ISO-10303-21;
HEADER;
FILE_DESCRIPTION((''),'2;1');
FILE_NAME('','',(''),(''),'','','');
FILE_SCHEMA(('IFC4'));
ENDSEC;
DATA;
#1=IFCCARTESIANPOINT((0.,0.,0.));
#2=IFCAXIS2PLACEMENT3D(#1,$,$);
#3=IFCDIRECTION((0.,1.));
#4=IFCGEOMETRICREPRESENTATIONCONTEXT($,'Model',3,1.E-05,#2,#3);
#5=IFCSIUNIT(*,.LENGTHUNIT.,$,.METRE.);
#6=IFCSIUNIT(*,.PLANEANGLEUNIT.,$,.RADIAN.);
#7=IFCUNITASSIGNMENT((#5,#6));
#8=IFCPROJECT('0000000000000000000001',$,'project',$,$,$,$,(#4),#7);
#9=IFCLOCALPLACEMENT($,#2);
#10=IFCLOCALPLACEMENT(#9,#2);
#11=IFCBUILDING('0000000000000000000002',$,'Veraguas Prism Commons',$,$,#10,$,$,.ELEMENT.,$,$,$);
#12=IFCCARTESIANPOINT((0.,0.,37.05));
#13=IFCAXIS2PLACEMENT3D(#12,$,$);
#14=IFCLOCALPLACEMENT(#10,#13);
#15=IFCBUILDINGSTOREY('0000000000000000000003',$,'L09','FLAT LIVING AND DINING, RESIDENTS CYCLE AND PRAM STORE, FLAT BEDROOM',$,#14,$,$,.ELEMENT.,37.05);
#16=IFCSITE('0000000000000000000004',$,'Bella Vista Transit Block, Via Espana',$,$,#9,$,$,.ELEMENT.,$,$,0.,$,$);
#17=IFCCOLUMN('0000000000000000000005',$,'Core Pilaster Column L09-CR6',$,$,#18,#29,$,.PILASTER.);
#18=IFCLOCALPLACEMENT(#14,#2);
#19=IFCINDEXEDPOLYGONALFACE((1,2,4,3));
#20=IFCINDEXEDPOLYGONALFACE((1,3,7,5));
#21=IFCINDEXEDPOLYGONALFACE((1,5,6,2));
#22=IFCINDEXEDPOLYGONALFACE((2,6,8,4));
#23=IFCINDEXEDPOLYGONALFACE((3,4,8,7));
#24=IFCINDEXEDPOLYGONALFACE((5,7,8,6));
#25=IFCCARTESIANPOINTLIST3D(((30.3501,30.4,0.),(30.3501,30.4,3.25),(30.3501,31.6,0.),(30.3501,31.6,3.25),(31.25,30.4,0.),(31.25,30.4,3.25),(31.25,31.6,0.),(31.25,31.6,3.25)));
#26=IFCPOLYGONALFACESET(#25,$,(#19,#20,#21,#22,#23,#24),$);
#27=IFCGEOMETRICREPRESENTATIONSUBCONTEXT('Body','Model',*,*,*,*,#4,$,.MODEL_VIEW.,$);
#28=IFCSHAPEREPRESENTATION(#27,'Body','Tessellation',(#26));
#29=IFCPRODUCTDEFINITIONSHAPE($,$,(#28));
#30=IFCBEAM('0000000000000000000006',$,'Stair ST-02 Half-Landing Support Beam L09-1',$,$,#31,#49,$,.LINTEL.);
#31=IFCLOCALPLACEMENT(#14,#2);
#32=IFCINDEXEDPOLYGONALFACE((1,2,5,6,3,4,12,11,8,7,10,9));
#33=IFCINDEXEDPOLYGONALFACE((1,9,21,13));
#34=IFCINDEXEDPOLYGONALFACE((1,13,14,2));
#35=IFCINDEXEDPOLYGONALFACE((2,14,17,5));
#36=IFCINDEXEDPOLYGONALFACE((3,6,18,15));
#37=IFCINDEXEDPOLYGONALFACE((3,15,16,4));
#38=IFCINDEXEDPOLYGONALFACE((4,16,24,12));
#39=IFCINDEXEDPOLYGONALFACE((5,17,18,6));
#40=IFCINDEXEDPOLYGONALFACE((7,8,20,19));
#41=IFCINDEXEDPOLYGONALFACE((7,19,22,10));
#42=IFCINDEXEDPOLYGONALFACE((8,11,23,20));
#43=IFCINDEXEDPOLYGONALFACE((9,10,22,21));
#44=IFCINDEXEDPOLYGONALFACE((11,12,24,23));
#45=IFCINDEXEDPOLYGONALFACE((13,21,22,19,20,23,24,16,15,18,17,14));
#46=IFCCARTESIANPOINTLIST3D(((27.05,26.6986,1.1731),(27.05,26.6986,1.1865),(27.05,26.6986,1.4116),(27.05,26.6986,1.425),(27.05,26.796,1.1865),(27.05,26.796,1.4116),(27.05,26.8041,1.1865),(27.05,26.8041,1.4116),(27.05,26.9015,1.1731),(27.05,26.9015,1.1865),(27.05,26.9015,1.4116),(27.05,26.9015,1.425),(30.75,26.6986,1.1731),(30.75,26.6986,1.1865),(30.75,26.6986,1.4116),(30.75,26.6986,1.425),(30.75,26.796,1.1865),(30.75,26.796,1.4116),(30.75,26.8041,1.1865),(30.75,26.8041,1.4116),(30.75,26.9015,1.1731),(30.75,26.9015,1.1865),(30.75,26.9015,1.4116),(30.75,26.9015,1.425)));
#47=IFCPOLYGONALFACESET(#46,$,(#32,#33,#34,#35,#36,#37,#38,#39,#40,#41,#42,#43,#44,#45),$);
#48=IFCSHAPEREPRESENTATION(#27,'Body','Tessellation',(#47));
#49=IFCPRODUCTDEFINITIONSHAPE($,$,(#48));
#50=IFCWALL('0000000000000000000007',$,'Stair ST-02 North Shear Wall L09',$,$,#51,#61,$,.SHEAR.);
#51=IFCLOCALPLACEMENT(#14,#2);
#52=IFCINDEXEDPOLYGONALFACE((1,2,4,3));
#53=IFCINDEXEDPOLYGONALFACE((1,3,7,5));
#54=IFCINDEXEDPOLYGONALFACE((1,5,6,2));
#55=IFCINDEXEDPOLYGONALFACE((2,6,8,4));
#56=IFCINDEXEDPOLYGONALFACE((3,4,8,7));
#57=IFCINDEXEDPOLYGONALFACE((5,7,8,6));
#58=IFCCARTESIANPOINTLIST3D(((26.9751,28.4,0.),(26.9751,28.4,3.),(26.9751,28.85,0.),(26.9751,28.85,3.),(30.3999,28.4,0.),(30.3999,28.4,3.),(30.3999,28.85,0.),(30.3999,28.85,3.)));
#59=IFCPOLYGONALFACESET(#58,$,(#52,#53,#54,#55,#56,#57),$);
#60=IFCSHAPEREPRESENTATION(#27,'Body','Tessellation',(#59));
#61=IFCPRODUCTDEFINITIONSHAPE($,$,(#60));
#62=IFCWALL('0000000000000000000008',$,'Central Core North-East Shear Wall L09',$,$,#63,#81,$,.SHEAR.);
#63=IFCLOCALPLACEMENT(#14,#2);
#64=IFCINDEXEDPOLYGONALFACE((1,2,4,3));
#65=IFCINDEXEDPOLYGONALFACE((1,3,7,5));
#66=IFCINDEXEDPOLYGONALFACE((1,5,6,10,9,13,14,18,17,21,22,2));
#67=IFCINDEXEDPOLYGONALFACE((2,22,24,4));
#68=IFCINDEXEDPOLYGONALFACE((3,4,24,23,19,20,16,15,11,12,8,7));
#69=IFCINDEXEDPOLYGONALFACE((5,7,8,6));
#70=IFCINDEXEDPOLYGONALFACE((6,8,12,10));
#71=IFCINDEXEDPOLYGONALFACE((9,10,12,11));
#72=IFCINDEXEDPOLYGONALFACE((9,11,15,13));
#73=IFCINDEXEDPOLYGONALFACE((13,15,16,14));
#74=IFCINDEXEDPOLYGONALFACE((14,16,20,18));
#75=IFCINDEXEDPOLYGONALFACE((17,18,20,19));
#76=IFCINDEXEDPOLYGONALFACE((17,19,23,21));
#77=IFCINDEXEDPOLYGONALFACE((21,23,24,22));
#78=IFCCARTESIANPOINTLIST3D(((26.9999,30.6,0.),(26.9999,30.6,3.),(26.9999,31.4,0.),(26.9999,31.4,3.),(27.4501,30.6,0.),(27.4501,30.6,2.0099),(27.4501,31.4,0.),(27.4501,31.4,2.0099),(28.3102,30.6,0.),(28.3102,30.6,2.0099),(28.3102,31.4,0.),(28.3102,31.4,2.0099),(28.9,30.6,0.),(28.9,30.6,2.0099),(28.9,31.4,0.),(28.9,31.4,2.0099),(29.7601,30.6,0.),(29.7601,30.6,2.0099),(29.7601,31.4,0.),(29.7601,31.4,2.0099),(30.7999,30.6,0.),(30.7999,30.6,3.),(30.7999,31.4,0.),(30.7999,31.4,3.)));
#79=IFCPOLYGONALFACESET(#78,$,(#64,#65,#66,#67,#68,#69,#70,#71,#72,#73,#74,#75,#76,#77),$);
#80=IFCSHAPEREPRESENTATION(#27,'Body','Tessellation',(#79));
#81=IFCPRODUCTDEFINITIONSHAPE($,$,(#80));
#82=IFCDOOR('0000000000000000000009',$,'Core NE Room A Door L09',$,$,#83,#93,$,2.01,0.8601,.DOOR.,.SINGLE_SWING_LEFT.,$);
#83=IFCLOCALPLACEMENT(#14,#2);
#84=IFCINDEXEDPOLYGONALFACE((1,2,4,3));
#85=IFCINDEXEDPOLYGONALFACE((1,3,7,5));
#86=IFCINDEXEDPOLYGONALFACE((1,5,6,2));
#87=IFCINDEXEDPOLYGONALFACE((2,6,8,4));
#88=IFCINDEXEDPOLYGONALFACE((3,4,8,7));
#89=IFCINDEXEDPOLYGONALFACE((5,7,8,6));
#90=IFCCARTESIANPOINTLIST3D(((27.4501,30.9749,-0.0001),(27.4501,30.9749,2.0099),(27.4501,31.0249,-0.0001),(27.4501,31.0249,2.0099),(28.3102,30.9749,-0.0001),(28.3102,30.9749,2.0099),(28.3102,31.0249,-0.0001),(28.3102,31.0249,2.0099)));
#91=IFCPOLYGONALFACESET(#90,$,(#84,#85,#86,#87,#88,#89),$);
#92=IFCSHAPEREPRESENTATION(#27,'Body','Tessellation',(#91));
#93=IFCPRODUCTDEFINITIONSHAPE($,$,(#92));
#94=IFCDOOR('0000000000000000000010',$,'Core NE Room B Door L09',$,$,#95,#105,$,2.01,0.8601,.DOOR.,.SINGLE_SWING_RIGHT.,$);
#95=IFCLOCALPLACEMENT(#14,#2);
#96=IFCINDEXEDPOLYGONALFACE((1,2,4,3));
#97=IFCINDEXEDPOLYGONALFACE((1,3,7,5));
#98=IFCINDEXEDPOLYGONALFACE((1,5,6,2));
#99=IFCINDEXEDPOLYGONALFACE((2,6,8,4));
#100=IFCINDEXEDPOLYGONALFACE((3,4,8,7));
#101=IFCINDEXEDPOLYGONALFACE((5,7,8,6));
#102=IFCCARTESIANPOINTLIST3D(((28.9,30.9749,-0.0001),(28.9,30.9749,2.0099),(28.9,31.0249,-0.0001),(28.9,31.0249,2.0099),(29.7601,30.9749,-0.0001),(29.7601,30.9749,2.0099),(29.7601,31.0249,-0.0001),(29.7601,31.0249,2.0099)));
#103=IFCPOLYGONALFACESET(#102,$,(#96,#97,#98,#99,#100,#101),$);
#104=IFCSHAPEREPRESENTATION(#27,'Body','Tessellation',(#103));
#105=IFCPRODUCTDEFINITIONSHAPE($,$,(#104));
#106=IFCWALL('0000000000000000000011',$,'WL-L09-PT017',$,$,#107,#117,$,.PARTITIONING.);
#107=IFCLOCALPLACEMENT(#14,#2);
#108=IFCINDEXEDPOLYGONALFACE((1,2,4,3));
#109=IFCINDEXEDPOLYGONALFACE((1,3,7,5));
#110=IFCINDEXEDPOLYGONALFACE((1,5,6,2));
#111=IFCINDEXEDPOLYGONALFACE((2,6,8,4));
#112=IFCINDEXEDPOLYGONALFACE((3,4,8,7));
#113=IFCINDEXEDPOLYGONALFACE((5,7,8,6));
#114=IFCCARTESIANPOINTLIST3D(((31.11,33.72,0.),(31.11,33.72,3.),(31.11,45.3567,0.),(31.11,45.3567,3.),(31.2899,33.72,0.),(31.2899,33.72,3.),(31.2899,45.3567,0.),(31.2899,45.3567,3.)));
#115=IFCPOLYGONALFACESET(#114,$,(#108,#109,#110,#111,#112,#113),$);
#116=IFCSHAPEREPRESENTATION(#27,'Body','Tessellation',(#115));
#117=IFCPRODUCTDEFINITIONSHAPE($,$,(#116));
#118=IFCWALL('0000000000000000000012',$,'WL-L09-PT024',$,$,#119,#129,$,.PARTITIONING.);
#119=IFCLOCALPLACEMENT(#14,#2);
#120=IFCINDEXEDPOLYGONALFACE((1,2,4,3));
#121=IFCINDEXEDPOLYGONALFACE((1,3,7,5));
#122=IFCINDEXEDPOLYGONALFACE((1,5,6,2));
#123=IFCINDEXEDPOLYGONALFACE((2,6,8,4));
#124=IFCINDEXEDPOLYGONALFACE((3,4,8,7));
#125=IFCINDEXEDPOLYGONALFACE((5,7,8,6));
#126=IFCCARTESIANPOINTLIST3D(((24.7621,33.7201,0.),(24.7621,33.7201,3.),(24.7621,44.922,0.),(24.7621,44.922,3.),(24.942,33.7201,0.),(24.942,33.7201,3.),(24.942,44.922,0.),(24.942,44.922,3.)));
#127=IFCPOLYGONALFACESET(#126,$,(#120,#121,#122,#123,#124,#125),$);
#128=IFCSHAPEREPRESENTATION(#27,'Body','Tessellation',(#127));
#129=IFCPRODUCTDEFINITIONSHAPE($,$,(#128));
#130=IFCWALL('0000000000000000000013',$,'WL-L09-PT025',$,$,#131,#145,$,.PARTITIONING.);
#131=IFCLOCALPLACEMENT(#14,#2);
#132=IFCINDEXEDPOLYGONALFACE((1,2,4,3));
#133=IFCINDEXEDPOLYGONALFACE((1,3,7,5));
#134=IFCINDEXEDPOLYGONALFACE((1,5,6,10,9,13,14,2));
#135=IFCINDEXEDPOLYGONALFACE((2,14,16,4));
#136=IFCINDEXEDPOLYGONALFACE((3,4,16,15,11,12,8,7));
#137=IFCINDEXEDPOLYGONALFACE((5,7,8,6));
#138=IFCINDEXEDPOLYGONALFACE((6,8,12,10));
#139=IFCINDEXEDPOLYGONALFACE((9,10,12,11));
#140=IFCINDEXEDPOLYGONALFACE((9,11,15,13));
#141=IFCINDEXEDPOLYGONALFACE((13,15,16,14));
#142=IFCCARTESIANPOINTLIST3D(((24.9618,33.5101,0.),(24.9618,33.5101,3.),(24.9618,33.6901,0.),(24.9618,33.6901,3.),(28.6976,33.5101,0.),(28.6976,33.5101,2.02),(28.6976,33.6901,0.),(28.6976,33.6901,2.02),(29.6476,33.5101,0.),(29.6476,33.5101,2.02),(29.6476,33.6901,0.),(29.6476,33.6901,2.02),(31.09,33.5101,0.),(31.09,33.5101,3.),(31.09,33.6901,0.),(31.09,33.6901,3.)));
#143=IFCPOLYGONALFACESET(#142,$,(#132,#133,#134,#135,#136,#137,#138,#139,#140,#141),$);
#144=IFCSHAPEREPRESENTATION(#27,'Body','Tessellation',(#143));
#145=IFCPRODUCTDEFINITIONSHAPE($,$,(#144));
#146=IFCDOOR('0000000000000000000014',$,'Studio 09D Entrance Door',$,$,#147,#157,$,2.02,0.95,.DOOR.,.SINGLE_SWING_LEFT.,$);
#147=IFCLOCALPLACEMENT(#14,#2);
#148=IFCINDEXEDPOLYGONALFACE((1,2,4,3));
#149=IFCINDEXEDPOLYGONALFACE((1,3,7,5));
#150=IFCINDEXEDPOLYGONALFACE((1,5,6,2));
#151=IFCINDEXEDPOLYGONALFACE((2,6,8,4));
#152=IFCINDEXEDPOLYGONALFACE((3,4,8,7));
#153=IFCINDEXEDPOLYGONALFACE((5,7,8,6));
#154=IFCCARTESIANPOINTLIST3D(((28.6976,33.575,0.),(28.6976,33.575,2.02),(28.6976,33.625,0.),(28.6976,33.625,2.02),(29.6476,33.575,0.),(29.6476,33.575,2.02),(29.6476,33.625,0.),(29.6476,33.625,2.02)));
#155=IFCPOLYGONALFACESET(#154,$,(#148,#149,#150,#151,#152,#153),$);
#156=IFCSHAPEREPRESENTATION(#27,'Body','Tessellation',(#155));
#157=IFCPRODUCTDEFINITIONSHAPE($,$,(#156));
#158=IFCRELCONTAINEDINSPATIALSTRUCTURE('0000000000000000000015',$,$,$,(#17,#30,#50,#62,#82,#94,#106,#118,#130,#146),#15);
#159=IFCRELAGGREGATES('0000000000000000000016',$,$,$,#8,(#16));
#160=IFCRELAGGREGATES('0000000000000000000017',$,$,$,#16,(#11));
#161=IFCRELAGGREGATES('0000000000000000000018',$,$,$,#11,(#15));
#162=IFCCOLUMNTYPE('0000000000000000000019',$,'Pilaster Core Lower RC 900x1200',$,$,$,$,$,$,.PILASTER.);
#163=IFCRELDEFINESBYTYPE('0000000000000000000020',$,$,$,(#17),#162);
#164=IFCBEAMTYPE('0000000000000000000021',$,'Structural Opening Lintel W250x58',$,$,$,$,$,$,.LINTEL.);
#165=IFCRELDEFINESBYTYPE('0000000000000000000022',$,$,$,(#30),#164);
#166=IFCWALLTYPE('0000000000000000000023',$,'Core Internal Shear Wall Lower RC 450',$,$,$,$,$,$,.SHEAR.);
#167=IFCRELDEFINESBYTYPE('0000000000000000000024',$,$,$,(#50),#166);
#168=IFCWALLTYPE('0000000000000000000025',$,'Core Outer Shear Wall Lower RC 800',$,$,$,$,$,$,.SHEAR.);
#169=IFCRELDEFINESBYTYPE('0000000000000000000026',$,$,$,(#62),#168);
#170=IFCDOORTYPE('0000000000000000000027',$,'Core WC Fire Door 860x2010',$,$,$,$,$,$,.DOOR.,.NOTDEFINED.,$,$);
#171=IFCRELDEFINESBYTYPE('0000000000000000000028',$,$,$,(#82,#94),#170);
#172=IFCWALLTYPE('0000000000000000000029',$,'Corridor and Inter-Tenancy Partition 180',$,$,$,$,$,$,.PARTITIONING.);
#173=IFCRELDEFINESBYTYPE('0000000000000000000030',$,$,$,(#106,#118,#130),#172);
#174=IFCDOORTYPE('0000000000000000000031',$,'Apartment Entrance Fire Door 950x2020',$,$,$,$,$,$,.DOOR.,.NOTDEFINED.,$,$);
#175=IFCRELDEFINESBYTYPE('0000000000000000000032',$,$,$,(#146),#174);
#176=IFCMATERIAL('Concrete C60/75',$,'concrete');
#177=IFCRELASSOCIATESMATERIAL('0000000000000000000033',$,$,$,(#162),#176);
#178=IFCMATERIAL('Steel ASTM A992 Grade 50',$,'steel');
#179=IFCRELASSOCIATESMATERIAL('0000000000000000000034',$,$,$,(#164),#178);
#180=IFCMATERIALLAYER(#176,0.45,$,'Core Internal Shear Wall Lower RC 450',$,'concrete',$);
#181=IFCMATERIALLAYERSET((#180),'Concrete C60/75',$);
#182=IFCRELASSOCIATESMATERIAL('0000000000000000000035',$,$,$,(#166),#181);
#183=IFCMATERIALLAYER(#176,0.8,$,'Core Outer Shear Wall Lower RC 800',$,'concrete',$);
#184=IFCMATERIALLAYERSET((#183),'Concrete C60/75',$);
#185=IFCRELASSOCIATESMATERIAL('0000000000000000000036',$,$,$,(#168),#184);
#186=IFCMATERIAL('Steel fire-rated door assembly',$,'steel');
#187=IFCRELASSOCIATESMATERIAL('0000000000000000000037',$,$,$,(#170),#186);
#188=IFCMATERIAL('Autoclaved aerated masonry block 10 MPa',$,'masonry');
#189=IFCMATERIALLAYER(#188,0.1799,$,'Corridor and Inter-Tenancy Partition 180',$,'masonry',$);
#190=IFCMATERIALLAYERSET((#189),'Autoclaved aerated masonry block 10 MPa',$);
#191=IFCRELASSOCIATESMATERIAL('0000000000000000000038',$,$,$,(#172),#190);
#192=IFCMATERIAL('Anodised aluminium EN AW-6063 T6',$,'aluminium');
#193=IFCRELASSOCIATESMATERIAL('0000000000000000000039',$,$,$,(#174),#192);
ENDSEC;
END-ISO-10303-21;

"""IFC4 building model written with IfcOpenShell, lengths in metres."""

from ifc_helpers import new_model, si_unit, direction, frame, frame_2d, origin, origin_2d, place, context, subcontext, project, spatial, rectangle, i_section, extrude, source, transform, mapped, material, layer, layer_set, material_profile, profile_set, type_object, element, fill, save


model = new_model("IFC4")

# Units and contexts
model_context = context("Model", 3, precision=1e-05, world=origin(), true_north=direction((0.0, 1.0)))
body_context = subcontext(model_context, "Body", "Model", "MODEL_VIEW")
ifc_project = project(units=[si_unit("LENGTHUNIT", "METRE"), si_unit("PLANEANGLEUNIT", "RADIAN")], contexts=[model_context])

# Site, building, storey
site_placement = place(None, origin())
site = spatial("IfcSite", under=ifc_project, at=site_placement, Name="Bella Vista Transit Block, Via Espana", CompositionType="ELEMENT", RefElevation=0.0)
building_placement = place(site_placement, origin())
building = spatial("IfcBuilding", under=site, at=building_placement, Name="Veraguas Prism Commons", CompositionType="ELEMENT")
storey_placement = place(building_placement, frame((0.0, 0.0, 37.05)))
storey = spatial("IfcBuildingStorey", under=building, at=storey_placement, Name="L09", Description="FLAT LIVING AND DINING, RESIDENTS CYCLE AND PRAM STORE, FLAT BEDROOM", CompositionType="ELEMENT", Elevation=37.05)

# Column
ifc_material_1 = material(Name="Concrete C60/75", Category="concrete")
ifc_material_profile_1 = material_profile(ifc_material_1, rectangle(XDim=0.8999, YDim=1.2, at=origin_2d()), Name="RC900X1200")
ifc_profile_set_1 = profile_set([ifc_material_profile_1], Name="Concrete C60/75")
column_type = type_object("IfcColumnType", Name="Pilaster Core Lower RC 900x1200", PredefinedType="PILASTER", material=ifc_profile_set_1)
column_placement = place(storey_placement, frame((30.8, 31.0, 0.0), z_axis=(0.0, 0.0, 1.0), x_axis=(1.0, 0.0, 0.0)))
element("IfcColumn", 1, at=column_placement, inside=storey, type_object=column_type, Name="Core Pilaster Column L09-CR6", PredefinedType="PILASTER", context=body_context, shape_type="SweptSolid", body=[
    extrude(rectangle(XDim=0.8999, YDim=1.2, at=origin_2d()), origin(), (0.0, 0.0, 1.0), 3.25),
])

# Beam
ifc_material_2 = material(Name="Steel ASTM A992 Grade 50", Category="steel")
ifc_material_profile_2 = material_profile(ifc_material_2, i_section(OverallWidth=0.2029, OverallDepth=0.252, WebThickness=0.0081, FlangeThickness=0.0134, at=origin_2d()), Name="W250X58")
ifc_profile_set_2 = profile_set([ifc_material_profile_2], Name="Steel ASTM A992 Grade 50")
beam_type = type_object("IfcBeamType", Name="Structural Opening Lintel W250x58", PredefinedType="LINTEL", material=ifc_profile_set_2)
beam_placement = place(storey_placement, frame((27.05, 26.8, 1.2991), z_axis=(1.0, 0.0, 0.0), x_axis=(0.0, 1.0, 0.0)))
element("IfcBeam", 2, at=beam_placement, inside=storey, type_object=beam_type, Name="Stair ST-02 Half-Landing Support Beam L09-1", PredefinedType="LINTEL", context=body_context, shape_type="SweptSolid", body=[
    extrude(i_section(OverallWidth=0.2029, OverallDepth=0.252, WebThickness=0.0081, FlangeThickness=0.0134, at=origin_2d()), origin(), (0.0, 0.0, 1.0), 3.7),
])

# Wall
ifc_layer_1 = layer(ifc_material_1, 0.45, Name="Core Internal Shear Wall Lower RC 450", Category="concrete")
ifc_layer_set_1 = layer_set([ifc_layer_1], Name="Concrete C60/75")
wall_type_1 = type_object("IfcWallType", Name="Core Internal Shear Wall Lower RC 450", PredefinedType="SHEAR", material=ifc_layer_set_1)
wall_1_placement = place(storey_placement, frame((26.9751, 28.625, 0.0), z_axis=(0.0, 0.0, 1.0), x_axis=(1.0, 0.0, 0.0)))
element("IfcWall", 3, at=wall_1_placement, inside=storey, type_object=wall_type_1, Name="Stair ST-02 North Shear Wall L09", PredefinedType="SHEAR", context=body_context, shape_type="SweptSolid", body=[
    extrude(rectangle(XDim=3.4248, YDim=0.45, at=frame_2d((1.7124, 0.0))), origin(), (0.0, 0.0, 1.0), 3.0),
])

# Wall, openings, doors
ifc_layer_2 = layer(ifc_material_1, 0.8, Name="Core Outer Shear Wall Lower RC 800", Category="concrete")
ifc_layer_set_2 = layer_set([ifc_layer_2], Name="Concrete C60/75")
wall_type_2 = type_object("IfcWallType", Name="Core Outer Shear Wall Lower RC 800", PredefinedType="SHEAR", material=ifc_layer_set_2)
wall_2_placement = place(storey_placement, frame((27.0, 31.0, 0.0), z_axis=(0.0, 0.0, 1.0), x_axis=(1.0, 0.0, 0.0)))
wall_2 = element("IfcWall", 4, at=wall_2_placement, inside=storey, type_object=wall_type_2, Name="Central Core North-East Shear Wall L09", PredefinedType="SHEAR", context=body_context, shape_type="SweptSolid", body=[
    extrude(rectangle(XDim=3.8, YDim=0.8, at=frame_2d((1.8999, 0.0))), origin(), (0.0, 0.0, 1.0), 3.0),
])
opening_1_placement = place(wall_2_placement, frame((0.45, 0.0, 0.0)))
opening_1 = element("IfcOpeningElement", 5, at=opening_1_placement, cuts=wall_2, PredefinedType="OPENING", context=body_context, shape_type="SweptSolid", body=[
    extrude(rectangle(XDim=0.8601, YDim=2.01, at=frame_2d((0.4302, 1.0049))), frame((0.0, 0.4099, 0.0), z_axis=(0.0, -1.0, 0.0), x_axis=(1.0, 0.0, 0.0)), (0.0, 0.0, 1.0), 0.8201),
])
opening_2_placement = place(wall_2_placement, frame((1.8999, 0.0, 0.0)))
opening_2 = element("IfcOpeningElement", 6, at=opening_2_placement, cuts=wall_2, PredefinedType="OPENING", context=body_context, shape_type="SweptSolid", body=[
    extrude(rectangle(XDim=0.8601, YDim=2.01, at=frame_2d((0.4302, 1.0049))), frame((0.0, 0.4099, 0.0), z_axis=(0.0, -1.0, 0.0), x_axis=(1.0, 0.0, 0.0)), (0.0, 0.0, 1.0), 0.8201),
])
ifc_material_3 = material(Name="Steel fire-rated door assembly", Category="steel")
door_type_1 = type_object("IfcDoorType", Name="Core WC Fire Door 860x2010", OperationType="NOTDEFINED", PredefinedType="DOOR", material=ifc_material_3)
shared_shape_1 = source(origin(), body_context, "Body", "SweptSolid", [
    extrude(rectangle(XDim=0.8601, YDim=2.01, at=frame_2d((0.4302, 1.0049))), frame((0.0, 0.0249, 0.0), z_axis=(0.0, -1.0, 0.0), x_axis=(1.0, 0.0, 0.0)), (0.0, 0.0, 1.0), 0.05),
])
door_1_placement = place(opening_1_placement, origin())
door_1 = element("IfcDoor", 7, at=door_1_placement, inside=storey, type_object=door_type_1, Name="Core NE Room A Door L09", OperationType="SINGLE_SWING_LEFT", OverallHeight=2.01, OverallWidth=0.8601, PredefinedType="DOOR", context=body_context, shape_type="MappedRepresentation", body=[
    mapped(shared_shape_1, transform((0.0, 0.0, 0.0), scale=1.0)),
])
fill(opening_1, door_1)
door_2_placement = place(opening_2_placement, origin())
door_2 = element("IfcDoor", 8, at=door_2_placement, inside=storey, type_object=door_type_1, Name="Core NE Room B Door L09", OperationType="SINGLE_SWING_RIGHT", OverallHeight=2.01, OverallWidth=0.8601, PredefinedType="DOOR", context=body_context, shape_type="MappedRepresentation", body=[
    mapped(shared_shape_1, transform((0.0, 0.0, 0.0), scale=1.0)),
])
fill(opening_2, door_2)

# Walls
ifc_material_4 = material(Name="Autoclaved aerated masonry block 10 MPa", Category="masonry")
ifc_layer_3 = layer(ifc_material_4, 0.1799, Name="Corridor and Inter-Tenancy Partition 180", Category="masonry")
ifc_layer_set_3 = layer_set([ifc_layer_3], Name="Autoclaved aerated masonry block 10 MPa")
wall_type_3 = type_object("IfcWallType", Name="Corridor and Inter-Tenancy Partition 180", PredefinedType="PARTITIONING", material=ifc_layer_set_3)
wall_3_placement = place(storey_placement, frame((31.2, 33.72, 0.0), z_axis=(0.0, 0.0, 1.0), x_axis=(0.0, 1.0, 0.0)))
element("IfcWall", 9, at=wall_3_placement, inside=storey, type_object=wall_type_3, Name="WL-L09-PT017", PredefinedType="PARTITIONING", context=body_context, shape_type="SweptSolid", body=[
    extrude(rectangle(XDim=11.6367, YDim=0.1799, at=frame_2d((5.8184, 0.0))), origin(), (0.0, 0.0, 1.0), 3.0),
])
wall_4_placement = place(storey_placement, frame((24.8521, 33.72, 0.0), z_axis=(0.0, 0.0, 1.0), x_axis=(0.0, 1.0, 0.0)))
element("IfcWall", 10, at=wall_4_placement, inside=storey, type_object=wall_type_3, Name="WL-L09-PT024", PredefinedType="PARTITIONING", context=body_context, shape_type="SweptSolid", body=[
    extrude(rectangle(XDim=11.2019, YDim=0.1799, at=frame_2d((5.6011, 0.0))), origin(), (0.0, 0.0, 1.0), 3.0),
])

# Wall, opening, door
wall_5_placement = place(storey_placement, frame((24.9619, 33.6001, 0.0), z_axis=(0.0, 0.0, 1.0), x_axis=(1.0, 0.0, 0.0)))
wall_5 = element("IfcWall", 11, at=wall_5_placement, inside=storey, type_object=wall_type_3, Name="WL-L09-PT025", PredefinedType="PARTITIONING", context=body_context, shape_type="SweptSolid", body=[
    extrude(rectangle(XDim=6.1282, YDim=0.1799, at=frame_2d((3.064, 0.0))), origin(), (0.0, 0.0, 1.0), 3.0),
])
opening_3_placement = place(wall_5_placement, frame((3.7356, 0.0, 0.0)))
opening_3 = element("IfcOpeningElement", 12, at=opening_3_placement, cuts=wall_5, PredefinedType="OPENING", context=body_context, shape_type="SweptSolid", body=[
    extrude(rectangle(XDim=0.95, YDim=2.02, at=frame_2d((0.4751, 1.01))), frame((0.0, 0.0999, 0.0), z_axis=(0.0, -1.0, 0.0), x_axis=(1.0, 0.0, 0.0)), (0.0, 0.0, 1.0), 0.2),
])
ifc_material_5 = material(Name="Anodised aluminium EN AW-6063 T6", Category="aluminium")
door_type_2 = type_object("IfcDoorType", Name="Apartment Entrance Fire Door 950x2020", OperationType="NOTDEFINED", PredefinedType="DOOR", material=ifc_material_5)
shared_shape_2 = source(origin(), body_context, "Body", "SweptSolid", [
    extrude(rectangle(XDim=0.95, YDim=2.02, at=frame_2d((0.4751, 1.01))), frame((0.0, 0.0249, 0.0), z_axis=(0.0, -1.0, 0.0), x_axis=(1.0, 0.0, 0.0)), (0.0, 0.0, 1.0), 0.05),
])
door_3_placement = place(opening_3_placement, origin())
door_3 = element("IfcDoor", 13, at=door_3_placement, inside=storey, type_object=door_type_2, Name="Studio 09D Entrance Door", OperationType="SINGLE_SWING_LEFT", OverallHeight=2.02, OverallWidth=0.95, PredefinedType="DOOR", context=body_context, shape_type="MappedRepresentation", body=[
    mapped(shared_shape_2, transform((0.0, 0.0, 0.0), scale=1.0)),
])
fill(opening_3, door_3)

save(model, "model.ifc")
